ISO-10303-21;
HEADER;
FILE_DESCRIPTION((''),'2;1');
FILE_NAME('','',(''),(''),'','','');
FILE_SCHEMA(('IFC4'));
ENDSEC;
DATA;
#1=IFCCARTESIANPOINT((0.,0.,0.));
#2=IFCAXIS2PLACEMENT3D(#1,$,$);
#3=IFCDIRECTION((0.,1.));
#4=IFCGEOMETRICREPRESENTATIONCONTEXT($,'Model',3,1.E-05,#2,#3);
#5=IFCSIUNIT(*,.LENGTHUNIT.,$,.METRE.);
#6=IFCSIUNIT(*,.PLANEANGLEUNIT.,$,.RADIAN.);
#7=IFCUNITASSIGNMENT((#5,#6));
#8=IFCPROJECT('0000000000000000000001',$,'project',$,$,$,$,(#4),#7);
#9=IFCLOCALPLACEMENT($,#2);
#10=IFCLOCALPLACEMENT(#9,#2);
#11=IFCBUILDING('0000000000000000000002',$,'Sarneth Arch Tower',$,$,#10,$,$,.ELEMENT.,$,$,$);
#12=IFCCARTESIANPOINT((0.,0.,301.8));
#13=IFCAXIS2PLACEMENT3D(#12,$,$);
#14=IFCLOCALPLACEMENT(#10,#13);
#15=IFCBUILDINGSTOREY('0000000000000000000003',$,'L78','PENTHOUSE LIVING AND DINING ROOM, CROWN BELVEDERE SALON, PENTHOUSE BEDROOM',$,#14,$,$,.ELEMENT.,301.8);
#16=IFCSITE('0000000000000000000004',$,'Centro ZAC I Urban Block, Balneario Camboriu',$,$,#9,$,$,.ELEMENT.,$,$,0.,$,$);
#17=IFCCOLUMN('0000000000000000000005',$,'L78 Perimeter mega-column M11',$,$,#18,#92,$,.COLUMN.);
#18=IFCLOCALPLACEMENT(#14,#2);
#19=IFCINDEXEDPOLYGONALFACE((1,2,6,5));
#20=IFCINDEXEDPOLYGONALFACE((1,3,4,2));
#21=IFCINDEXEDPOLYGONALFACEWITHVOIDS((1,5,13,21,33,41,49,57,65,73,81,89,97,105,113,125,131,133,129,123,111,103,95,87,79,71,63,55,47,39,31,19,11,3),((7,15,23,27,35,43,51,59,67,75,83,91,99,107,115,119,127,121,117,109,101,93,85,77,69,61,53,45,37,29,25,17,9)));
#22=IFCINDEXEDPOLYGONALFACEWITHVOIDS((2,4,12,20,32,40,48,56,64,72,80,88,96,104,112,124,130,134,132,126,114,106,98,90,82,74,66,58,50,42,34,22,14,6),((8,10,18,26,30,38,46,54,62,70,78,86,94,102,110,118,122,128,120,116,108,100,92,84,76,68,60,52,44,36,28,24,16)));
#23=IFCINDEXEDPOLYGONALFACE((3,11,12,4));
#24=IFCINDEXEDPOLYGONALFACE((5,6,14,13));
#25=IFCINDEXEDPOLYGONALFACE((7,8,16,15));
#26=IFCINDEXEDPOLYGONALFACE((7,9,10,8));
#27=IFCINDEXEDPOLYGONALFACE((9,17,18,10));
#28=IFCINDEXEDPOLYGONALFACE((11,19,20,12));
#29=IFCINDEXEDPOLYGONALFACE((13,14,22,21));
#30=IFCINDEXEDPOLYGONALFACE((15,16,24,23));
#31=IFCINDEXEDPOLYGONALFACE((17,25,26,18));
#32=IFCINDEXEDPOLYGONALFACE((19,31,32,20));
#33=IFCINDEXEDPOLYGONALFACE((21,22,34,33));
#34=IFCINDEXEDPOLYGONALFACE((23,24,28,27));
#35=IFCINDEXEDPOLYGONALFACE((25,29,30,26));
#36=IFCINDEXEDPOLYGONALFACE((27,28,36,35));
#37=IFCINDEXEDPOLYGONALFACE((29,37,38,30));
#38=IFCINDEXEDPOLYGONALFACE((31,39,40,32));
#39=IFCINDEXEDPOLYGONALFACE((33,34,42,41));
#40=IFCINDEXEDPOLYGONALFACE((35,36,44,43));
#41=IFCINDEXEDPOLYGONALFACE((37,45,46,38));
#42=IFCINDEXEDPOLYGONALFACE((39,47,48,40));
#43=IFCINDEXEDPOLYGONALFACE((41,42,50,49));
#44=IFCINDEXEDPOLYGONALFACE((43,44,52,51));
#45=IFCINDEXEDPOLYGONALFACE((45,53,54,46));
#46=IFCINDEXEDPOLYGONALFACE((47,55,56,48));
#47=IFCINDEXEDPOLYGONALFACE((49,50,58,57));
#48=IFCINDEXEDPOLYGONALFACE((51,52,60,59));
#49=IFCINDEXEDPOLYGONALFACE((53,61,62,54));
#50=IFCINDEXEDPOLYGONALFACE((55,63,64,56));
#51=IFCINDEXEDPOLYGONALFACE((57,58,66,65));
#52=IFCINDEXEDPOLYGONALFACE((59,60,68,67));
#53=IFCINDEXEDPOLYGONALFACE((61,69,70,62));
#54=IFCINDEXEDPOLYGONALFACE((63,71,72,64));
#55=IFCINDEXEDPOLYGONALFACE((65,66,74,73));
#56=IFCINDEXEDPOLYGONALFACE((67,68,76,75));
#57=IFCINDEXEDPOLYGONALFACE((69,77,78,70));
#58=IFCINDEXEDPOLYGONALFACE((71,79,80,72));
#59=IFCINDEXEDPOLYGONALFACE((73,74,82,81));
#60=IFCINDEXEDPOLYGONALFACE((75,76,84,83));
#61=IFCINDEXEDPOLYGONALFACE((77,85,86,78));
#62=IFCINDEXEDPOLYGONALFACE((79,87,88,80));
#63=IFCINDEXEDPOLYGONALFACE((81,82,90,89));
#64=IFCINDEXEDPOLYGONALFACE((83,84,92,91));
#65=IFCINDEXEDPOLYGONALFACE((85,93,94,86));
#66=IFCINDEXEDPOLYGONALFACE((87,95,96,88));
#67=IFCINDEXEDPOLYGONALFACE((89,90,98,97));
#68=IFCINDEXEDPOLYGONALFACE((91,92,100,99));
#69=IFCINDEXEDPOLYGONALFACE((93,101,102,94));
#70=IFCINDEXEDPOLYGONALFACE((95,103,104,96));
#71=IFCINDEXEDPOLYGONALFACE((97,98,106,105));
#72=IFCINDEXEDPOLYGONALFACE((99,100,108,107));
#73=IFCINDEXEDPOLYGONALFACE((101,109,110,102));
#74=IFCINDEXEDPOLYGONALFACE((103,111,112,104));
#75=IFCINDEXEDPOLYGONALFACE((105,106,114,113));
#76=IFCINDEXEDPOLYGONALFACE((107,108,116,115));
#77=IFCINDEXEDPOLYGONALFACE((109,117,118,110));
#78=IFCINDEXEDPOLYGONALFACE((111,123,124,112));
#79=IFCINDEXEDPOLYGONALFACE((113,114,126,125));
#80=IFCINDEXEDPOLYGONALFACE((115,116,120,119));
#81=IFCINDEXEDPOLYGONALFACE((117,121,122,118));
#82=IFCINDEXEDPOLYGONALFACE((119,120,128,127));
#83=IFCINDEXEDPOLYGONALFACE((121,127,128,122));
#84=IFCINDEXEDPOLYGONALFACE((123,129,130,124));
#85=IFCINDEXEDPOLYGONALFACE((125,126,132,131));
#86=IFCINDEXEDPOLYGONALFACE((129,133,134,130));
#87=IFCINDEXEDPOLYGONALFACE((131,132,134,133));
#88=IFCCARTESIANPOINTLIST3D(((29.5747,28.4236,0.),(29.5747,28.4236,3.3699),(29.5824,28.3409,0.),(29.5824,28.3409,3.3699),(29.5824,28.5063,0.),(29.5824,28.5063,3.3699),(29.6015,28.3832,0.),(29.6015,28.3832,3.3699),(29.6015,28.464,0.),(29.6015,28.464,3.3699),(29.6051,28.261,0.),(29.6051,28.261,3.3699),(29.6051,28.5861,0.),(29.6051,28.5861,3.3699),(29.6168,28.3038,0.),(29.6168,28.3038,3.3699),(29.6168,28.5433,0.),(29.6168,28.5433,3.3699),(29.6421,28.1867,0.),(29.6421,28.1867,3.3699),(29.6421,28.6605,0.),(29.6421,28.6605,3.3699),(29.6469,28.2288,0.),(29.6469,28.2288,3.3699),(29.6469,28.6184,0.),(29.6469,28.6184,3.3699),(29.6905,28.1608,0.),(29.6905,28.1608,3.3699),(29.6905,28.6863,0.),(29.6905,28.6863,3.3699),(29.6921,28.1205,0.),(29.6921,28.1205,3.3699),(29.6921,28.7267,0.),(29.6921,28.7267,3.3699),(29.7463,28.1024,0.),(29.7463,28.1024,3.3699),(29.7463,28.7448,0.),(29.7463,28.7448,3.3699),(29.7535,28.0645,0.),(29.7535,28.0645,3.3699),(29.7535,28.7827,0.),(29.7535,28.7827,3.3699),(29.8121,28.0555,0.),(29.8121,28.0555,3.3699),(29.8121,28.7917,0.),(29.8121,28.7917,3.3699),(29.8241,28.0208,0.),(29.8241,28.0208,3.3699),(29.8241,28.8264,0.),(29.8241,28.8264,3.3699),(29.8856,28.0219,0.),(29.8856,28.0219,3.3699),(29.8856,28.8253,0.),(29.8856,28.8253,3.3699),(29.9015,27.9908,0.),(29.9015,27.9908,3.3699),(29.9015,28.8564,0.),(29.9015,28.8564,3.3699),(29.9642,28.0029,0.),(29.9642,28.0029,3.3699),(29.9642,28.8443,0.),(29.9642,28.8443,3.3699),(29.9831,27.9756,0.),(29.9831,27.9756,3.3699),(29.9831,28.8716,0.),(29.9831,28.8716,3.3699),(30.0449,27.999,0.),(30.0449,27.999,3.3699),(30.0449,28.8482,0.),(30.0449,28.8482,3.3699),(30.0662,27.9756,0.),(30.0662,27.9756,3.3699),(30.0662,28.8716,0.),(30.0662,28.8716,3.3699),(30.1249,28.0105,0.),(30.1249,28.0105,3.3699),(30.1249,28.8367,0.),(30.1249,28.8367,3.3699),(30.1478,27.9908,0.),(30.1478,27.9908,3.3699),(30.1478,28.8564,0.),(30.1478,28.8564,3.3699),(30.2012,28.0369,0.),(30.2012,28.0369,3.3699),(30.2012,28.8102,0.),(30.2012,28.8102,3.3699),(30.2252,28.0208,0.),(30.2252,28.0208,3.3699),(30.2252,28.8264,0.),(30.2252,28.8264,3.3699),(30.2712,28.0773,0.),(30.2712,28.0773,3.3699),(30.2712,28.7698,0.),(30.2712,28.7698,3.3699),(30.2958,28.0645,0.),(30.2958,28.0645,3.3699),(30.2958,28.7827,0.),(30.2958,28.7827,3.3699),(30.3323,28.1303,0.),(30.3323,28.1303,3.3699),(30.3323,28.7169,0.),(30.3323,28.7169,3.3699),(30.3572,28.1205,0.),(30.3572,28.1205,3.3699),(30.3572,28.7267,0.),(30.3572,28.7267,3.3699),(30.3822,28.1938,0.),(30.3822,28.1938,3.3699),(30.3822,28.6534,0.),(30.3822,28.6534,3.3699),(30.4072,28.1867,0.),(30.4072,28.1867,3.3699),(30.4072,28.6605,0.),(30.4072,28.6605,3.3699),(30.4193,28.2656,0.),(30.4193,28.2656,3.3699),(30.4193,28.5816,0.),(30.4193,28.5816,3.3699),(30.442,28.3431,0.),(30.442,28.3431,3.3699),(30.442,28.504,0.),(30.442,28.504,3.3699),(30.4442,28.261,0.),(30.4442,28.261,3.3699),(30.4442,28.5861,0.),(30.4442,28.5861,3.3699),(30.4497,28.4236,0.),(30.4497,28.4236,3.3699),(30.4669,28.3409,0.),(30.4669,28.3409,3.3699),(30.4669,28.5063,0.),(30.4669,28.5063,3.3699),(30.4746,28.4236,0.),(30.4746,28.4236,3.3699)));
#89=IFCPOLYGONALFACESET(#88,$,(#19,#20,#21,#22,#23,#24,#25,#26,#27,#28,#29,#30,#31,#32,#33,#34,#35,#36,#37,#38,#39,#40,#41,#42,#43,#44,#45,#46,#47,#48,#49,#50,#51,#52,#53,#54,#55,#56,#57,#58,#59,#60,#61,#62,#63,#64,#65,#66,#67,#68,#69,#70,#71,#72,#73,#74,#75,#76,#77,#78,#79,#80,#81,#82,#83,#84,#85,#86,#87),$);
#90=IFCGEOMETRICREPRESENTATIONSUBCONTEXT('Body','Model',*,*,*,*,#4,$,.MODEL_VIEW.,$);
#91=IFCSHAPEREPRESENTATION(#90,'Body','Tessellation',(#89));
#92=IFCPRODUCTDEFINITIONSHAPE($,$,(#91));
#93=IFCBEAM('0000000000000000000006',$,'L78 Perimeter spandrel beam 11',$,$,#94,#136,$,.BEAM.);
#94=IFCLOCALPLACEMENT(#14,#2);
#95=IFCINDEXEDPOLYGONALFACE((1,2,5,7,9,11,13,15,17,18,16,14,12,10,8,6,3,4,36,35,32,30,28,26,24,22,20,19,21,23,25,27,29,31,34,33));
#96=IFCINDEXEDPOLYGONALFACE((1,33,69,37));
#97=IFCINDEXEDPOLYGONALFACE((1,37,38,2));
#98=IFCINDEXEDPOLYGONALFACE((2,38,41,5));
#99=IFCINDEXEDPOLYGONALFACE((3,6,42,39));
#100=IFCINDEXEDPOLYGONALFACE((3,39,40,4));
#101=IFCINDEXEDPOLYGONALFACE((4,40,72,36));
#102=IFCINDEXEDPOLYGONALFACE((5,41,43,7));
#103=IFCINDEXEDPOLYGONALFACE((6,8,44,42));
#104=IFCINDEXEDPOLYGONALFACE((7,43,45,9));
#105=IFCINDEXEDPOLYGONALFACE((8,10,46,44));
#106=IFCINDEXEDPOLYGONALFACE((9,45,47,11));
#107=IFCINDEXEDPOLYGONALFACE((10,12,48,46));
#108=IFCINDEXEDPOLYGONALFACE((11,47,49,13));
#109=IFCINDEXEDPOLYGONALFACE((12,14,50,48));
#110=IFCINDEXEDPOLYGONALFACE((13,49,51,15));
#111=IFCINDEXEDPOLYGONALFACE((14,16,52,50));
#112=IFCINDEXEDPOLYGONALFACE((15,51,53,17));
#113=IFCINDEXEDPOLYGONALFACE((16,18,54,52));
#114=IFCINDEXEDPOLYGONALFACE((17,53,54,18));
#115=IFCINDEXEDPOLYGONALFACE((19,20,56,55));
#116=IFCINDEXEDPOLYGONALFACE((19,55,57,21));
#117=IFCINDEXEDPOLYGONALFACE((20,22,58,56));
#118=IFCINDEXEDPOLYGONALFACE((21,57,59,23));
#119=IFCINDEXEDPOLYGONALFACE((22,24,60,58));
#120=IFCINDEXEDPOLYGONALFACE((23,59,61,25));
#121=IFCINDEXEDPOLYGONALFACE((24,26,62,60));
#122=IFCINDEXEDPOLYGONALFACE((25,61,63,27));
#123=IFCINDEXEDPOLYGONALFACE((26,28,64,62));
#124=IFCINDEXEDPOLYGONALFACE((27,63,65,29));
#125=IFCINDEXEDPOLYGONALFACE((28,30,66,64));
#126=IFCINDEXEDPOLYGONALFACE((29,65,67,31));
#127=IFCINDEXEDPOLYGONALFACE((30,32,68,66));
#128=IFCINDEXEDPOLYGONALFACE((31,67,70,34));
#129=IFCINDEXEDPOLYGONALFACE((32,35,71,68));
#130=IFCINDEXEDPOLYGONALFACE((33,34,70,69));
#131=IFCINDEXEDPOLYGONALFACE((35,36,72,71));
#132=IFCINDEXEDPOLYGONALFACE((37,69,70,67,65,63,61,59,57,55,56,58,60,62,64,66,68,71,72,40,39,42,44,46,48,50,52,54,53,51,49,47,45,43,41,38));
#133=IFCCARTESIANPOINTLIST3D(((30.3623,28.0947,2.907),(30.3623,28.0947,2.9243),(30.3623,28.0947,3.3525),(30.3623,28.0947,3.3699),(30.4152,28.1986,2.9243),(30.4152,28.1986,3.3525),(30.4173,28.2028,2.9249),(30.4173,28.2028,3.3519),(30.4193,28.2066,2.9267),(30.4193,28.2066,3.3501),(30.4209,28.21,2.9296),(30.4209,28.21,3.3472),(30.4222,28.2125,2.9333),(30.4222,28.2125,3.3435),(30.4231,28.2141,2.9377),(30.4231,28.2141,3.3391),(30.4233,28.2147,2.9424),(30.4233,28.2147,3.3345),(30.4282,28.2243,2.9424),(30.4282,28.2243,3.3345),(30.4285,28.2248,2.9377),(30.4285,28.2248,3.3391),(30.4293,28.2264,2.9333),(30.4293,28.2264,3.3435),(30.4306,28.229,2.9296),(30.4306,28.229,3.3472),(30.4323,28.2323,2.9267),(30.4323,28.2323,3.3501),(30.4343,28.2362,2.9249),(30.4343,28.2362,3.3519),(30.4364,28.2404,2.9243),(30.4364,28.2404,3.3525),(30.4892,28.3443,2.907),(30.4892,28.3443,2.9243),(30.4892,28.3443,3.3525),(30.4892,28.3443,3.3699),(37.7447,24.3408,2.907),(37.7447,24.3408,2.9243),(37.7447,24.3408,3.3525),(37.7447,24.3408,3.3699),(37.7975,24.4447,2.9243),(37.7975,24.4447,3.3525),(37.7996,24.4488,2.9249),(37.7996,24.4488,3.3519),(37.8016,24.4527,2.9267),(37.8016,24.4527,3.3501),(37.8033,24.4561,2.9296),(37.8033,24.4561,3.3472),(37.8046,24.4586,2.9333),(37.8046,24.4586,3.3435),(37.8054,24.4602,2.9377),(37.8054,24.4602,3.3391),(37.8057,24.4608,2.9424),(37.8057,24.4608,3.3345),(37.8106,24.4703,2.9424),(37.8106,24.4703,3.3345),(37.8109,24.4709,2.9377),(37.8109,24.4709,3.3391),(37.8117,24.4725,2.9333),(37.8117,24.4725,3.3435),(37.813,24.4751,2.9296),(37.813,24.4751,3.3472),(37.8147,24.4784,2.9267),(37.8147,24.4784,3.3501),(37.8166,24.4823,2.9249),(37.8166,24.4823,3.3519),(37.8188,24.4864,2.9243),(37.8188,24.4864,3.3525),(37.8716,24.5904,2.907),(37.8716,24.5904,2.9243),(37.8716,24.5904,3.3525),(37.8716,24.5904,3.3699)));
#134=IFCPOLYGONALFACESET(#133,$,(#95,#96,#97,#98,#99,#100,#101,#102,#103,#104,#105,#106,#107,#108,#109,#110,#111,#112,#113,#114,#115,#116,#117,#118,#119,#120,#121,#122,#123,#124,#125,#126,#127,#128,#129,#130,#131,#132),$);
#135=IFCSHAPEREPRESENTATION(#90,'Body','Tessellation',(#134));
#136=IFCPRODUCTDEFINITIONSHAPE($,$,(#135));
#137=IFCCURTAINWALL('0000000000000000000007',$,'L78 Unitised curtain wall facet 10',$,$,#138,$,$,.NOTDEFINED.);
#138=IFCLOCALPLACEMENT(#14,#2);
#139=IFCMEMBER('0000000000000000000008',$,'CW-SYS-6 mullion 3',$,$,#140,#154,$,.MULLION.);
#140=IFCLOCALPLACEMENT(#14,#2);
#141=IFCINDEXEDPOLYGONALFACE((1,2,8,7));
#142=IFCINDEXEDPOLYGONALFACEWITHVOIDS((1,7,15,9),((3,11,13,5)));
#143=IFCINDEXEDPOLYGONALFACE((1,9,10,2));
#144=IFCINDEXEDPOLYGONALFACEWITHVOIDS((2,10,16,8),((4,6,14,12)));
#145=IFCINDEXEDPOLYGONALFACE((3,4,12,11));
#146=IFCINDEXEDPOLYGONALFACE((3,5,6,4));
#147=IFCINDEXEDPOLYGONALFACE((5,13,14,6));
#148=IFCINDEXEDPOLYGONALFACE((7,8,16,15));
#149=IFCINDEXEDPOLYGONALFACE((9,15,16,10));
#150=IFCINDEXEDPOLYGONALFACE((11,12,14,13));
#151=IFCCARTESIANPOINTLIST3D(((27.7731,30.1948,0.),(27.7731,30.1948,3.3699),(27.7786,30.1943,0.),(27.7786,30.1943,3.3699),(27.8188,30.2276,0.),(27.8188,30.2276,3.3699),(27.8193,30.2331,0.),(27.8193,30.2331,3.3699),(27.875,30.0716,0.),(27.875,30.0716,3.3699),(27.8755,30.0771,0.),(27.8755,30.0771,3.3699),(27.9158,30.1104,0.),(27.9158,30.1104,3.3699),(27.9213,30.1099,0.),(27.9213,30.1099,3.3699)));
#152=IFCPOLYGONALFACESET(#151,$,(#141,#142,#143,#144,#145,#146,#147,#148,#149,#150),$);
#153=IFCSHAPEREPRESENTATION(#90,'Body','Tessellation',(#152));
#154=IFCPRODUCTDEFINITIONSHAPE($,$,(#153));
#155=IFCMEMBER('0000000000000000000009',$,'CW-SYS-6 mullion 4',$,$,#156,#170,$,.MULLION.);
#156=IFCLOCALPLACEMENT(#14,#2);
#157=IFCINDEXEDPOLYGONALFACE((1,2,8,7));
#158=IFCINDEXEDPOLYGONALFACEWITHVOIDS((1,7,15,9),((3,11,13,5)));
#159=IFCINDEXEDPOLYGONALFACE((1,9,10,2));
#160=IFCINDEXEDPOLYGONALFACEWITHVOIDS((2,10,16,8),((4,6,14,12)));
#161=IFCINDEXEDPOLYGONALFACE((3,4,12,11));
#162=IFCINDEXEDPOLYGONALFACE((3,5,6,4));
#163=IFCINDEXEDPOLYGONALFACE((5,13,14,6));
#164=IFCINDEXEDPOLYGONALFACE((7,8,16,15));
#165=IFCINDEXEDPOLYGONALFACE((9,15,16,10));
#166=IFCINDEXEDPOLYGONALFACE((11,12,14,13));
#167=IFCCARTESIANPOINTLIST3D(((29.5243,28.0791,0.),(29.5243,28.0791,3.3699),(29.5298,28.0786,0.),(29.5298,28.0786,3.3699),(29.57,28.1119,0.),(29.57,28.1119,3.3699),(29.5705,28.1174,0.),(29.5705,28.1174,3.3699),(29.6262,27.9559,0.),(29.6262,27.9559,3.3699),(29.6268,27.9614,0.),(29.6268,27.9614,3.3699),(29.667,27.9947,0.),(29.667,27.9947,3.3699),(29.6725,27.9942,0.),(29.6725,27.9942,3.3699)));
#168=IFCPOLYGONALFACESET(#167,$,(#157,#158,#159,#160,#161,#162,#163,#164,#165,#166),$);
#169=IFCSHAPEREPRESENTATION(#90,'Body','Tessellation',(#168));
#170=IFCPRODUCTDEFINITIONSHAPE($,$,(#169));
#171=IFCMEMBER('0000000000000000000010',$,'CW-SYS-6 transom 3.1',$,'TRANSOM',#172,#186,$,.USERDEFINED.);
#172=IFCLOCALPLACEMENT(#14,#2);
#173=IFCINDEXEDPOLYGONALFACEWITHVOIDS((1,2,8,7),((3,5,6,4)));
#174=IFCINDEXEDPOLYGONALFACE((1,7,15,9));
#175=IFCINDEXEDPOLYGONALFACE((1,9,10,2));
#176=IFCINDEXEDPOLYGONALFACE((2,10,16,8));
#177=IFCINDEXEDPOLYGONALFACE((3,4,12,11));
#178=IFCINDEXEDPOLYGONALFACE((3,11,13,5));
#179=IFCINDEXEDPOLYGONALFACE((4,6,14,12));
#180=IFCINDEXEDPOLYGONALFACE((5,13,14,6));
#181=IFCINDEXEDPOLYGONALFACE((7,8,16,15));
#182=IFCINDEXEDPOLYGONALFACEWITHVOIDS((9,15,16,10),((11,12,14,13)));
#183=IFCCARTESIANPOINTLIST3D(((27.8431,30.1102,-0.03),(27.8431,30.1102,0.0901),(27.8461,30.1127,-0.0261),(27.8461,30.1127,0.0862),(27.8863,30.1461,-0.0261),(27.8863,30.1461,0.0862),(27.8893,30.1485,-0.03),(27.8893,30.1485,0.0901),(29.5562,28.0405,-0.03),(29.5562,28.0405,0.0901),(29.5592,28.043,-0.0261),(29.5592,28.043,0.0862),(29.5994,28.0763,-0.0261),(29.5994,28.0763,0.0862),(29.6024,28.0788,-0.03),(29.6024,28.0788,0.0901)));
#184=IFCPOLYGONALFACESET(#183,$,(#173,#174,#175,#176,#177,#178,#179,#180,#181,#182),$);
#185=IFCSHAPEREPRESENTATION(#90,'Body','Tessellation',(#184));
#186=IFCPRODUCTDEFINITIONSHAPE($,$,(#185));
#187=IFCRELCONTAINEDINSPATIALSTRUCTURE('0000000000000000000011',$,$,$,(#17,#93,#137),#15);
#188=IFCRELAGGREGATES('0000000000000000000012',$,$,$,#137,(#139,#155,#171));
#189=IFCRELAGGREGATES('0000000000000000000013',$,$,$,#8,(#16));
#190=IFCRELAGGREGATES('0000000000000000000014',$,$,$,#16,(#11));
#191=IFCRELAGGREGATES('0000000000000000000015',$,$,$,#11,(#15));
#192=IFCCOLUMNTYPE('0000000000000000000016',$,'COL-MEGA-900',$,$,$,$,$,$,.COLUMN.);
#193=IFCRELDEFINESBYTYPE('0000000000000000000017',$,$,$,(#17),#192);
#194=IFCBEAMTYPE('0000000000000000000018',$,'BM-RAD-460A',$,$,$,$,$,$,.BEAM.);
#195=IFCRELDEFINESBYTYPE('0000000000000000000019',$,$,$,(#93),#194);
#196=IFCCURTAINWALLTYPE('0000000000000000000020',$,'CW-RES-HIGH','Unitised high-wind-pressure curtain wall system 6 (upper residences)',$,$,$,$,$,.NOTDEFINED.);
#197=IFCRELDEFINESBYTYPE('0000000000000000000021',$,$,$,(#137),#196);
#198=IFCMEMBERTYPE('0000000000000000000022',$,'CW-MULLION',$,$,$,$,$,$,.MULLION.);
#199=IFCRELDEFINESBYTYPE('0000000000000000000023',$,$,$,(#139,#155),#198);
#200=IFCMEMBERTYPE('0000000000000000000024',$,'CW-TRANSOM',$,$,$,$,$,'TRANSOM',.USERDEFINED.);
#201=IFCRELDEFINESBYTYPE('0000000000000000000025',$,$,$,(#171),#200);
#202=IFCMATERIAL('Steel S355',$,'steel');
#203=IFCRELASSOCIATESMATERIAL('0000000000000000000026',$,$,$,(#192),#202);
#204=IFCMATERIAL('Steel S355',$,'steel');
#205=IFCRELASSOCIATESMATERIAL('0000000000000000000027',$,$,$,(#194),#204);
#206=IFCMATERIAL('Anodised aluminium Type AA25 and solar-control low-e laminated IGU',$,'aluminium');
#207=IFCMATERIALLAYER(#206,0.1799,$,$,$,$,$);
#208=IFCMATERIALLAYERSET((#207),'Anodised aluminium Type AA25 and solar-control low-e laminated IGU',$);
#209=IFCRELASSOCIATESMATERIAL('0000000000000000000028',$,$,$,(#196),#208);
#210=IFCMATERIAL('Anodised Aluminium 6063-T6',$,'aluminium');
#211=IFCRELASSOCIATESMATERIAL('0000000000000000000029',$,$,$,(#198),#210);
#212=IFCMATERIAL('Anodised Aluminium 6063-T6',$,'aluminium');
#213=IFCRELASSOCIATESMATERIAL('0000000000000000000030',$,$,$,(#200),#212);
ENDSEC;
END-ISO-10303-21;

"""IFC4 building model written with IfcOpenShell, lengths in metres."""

from ifc_helpers import new_model, si_unit, direction, frame, origin, origin_2d, place, context, subcontext, project, spatial, hollow_rectangle, hollow_circle, i_section, extrude, material, layer, layer_set, material_profile, profile_set, type_object, element, aggregate, save


model = new_model("IFC4")

# Units and contexts
model_context = context("Model", 3, precision=1e-05, world=origin(), true_north=direction((0.0, 1.0)))
body_context = subcontext(model_context, "Body", "Model", "MODEL_VIEW")
ifc_project = project(units=[si_unit("LENGTHUNIT", "METRE"), si_unit("PLANEANGLEUNIT", "RADIAN")], contexts=[model_context])

# Site, building, storey
site_placement = place(None, origin())
site = spatial("IfcSite", under=ifc_project, at=site_placement, Name="Centro ZAC I Urban Block, Balneario Camboriu", CompositionType="ELEMENT", RefElevation=0.0)
building_placement = place(site_placement, origin())
building = spatial("IfcBuilding", under=site, at=building_placement, Name="Sarneth Arch Tower", CompositionType="ELEMENT")
storey_placement = place(building_placement, frame((0.0, 0.0, 301.8)))
storey = spatial("IfcBuildingStorey", under=building, at=storey_placement, Name="L78", Description="PENTHOUSE LIVING AND DINING ROOM, CROWN BELVEDERE SALON, PENTHOUSE BEDROOM", CompositionType="ELEMENT", Elevation=301.8)

# Column
ifc_material_1 = material(Name="Steel S355", Category="steel")
ifc_material_profile_1 = material_profile(ifc_material_1, hollow_circle(Radius=0.45, WallThickness=0.0249, at=origin_2d()), Name="CHS900x25")
ifc_profile_set_1 = profile_set([ifc_material_profile_1], Name="Steel S355")
column_type = type_object("IfcColumnType", Name="COL-MEGA-900", PredefinedType="COLUMN", material=ifc_profile_set_1)
column_placement = place(storey_placement, frame((30.0247, 28.4236, 0.0), z_axis=(0.0, 0.0, 1.0), x_axis=(1.0, 0.0, 0.0)))
element("IfcColumn", 1, at=column_placement, inside=storey, type_object=column_type, Name="L78 Perimeter mega-column M11", PredefinedType="COLUMN", context=body_context, shape_type="SweptSolid", body=[
    extrude(hollow_circle(Radius=0.45, WallThickness=0.0249, at=origin_2d()), origin(), (0.0, 0.0, 1.0), 3.3699),
])

# Beam
ifc_material_2 = material(Name="Steel S355", Category="steel")
ifc_material_profile_2 = material_profile(ifc_material_2, i_section(OverallWidth=0.28, OverallDepth=0.4629, WebThickness=0.0107, FlangeThickness=0.0173, FilletRadius=0.0181, at=origin_2d()), Name="W460x113")
ifc_profile_set_2 = profile_set([ifc_material_profile_2], Name="Steel S355")
beam_type = type_object("IfcBeamType", Name="BM-RAD-460A", PredefinedType="BEAM", material=ifc_profile_set_2)
beam_placement = place(storey_placement, frame((30.4258, 28.2195, 3.1384), z_axis=(0.891376, -0.453264, 0.0), x_axis=(0.453264, 0.891376, 0.0)))
element("IfcBeam", 2, at=beam_placement, inside=storey, type_object=beam_type, Name="L78 Perimeter spandrel beam 11", PredefinedType="BEAM", context=body_context, shape_type="SweptSolid", body=[
    extrude(i_section(OverallWidth=0.28, OverallDepth=0.4629, WebThickness=0.0107, FlangeThickness=0.0173, FilletRadius=0.0181, at=origin_2d()), origin(), (0.0, 0.0, 1.0), 8.282),
])

# Curtain wall, members
ifc_material_3 = material(Name="Anodised aluminium Type AA25 and solar-control low-e laminated IGU", Category="aluminium")
ifc_layer_1 = layer(ifc_material_3, 0.1799)
ifc_layer_set_1 = layer_set([ifc_layer_1], Name="Anodised aluminium Type AA25 and solar-control low-e laminated IGU")
curtain_wall_type = type_object("IfcCurtainWallType", Name="CW-RES-HIGH", Description="Unitised high-wind-pressure curtain wall system 6 (upper residences)", PredefinedType="NOTDEFINED", material=ifc_layer_set_1)
curtain_wall_placement = place(storey_placement, origin())
curtain_wall = element("IfcCurtainWall", 3, at=curtain_wall_placement, inside=storey, type_object=curtain_wall_type, Name="L78 Unitised curtain wall facet 10", PredefinedType="NOTDEFINED")
ifc_material_4 = material(Name="Anodised Aluminium 6063-T6", Category="aluminium")
ifc_material_profile_3 = material_profile(ifc_material_4, hollow_rectangle(XDim=0.0601, YDim=0.1599, WallThickness=0.0039, at=origin_2d()), Name="AL-MULL-160x60x4")
ifc_profile_set_3 = profile_set([ifc_material_profile_3], Name="Anodised Aluminium 6063-T6")
member_type_1 = type_object("IfcMemberType", Name="CW-MULLION", PredefinedType="MULLION", material=ifc_profile_set_3)
member_1_placement = place(storey_placement, frame((27.8472, 30.1523, 0.0), z_axis=(0.0, 0.0, 1.0), x_axis=(0.770359, 0.63761, 0.0)))
member_1 = element("IfcMember", 4, at=member_1_placement, type_object=member_type_1, Name="CW-SYS-6 mullion 3", PredefinedType="MULLION", context=body_context, shape_type="SweptSolid", body=[
    extrude(hollow_rectangle(XDim=0.0601, YDim=0.1599, WallThickness=0.0039, at=origin_2d()), origin(), (0.0, 0.0, 1.0), 3.3699),
])
member_2_placement = place(storey_placement, frame((29.5984, 28.0366, 0.0), z_axis=(0.0, 0.0, 1.0), x_axis=(0.770359, 0.63761, 0.0)))
member_2 = element("IfcMember", 5, at=member_2_placement, type_object=member_type_1, Name="CW-SYS-6 mullion 4", PredefinedType="MULLION", context=body_context, shape_type="SweptSolid", body=[
    extrude(hollow_rectangle(XDim=0.0601, YDim=0.1599, WallThickness=0.0039, at=origin_2d()), origin(), (0.0, 0.0, 1.0), 3.3699),
])
ifc_material_5 = material(Name="Anodised Aluminium 6063-T6", Category="aluminium")
ifc_material_profile_4 = material_profile(ifc_material_5, hollow_rectangle(XDim=0.0601, YDim=0.1201, WallThickness=0.0039, at=origin_2d()), Name="AL-TRAN-120x60x4")
ifc_profile_set_4 = profile_set([ifc_material_profile_4], Name="Anodised Aluminium 6063-T6")
member_type_2 = type_object("IfcMemberType", Name="CW-TRANSOM", ElementType="TRANSOM", PredefinedType="USERDEFINED", material=ifc_profile_set_4)
member_3_placement = place(storey_placement, frame((27.8662, 30.1294, 0.03), z_axis=(0.637607, -0.770362, 0.0), x_axis=(0.770362, 0.637607, 0.0)))
member_3 = element("IfcMember", 6, at=member_3_placement, type_object=member_type_2, Name="CW-SYS-6 transom 3.1", ObjectType="TRANSOM", PredefinedType="USERDEFINED", context=body_context, shape_type="SweptSolid", body=[
    extrude(hollow_rectangle(XDim=0.0601, YDim=0.1201, WallThickness=0.0039, at=origin_2d()), origin(), (0.0, 0.0, 1.0), 2.6868),
])

aggregate(curtain_wall, [member_1, member_2, member_3])

save(model, "model.ifc")
